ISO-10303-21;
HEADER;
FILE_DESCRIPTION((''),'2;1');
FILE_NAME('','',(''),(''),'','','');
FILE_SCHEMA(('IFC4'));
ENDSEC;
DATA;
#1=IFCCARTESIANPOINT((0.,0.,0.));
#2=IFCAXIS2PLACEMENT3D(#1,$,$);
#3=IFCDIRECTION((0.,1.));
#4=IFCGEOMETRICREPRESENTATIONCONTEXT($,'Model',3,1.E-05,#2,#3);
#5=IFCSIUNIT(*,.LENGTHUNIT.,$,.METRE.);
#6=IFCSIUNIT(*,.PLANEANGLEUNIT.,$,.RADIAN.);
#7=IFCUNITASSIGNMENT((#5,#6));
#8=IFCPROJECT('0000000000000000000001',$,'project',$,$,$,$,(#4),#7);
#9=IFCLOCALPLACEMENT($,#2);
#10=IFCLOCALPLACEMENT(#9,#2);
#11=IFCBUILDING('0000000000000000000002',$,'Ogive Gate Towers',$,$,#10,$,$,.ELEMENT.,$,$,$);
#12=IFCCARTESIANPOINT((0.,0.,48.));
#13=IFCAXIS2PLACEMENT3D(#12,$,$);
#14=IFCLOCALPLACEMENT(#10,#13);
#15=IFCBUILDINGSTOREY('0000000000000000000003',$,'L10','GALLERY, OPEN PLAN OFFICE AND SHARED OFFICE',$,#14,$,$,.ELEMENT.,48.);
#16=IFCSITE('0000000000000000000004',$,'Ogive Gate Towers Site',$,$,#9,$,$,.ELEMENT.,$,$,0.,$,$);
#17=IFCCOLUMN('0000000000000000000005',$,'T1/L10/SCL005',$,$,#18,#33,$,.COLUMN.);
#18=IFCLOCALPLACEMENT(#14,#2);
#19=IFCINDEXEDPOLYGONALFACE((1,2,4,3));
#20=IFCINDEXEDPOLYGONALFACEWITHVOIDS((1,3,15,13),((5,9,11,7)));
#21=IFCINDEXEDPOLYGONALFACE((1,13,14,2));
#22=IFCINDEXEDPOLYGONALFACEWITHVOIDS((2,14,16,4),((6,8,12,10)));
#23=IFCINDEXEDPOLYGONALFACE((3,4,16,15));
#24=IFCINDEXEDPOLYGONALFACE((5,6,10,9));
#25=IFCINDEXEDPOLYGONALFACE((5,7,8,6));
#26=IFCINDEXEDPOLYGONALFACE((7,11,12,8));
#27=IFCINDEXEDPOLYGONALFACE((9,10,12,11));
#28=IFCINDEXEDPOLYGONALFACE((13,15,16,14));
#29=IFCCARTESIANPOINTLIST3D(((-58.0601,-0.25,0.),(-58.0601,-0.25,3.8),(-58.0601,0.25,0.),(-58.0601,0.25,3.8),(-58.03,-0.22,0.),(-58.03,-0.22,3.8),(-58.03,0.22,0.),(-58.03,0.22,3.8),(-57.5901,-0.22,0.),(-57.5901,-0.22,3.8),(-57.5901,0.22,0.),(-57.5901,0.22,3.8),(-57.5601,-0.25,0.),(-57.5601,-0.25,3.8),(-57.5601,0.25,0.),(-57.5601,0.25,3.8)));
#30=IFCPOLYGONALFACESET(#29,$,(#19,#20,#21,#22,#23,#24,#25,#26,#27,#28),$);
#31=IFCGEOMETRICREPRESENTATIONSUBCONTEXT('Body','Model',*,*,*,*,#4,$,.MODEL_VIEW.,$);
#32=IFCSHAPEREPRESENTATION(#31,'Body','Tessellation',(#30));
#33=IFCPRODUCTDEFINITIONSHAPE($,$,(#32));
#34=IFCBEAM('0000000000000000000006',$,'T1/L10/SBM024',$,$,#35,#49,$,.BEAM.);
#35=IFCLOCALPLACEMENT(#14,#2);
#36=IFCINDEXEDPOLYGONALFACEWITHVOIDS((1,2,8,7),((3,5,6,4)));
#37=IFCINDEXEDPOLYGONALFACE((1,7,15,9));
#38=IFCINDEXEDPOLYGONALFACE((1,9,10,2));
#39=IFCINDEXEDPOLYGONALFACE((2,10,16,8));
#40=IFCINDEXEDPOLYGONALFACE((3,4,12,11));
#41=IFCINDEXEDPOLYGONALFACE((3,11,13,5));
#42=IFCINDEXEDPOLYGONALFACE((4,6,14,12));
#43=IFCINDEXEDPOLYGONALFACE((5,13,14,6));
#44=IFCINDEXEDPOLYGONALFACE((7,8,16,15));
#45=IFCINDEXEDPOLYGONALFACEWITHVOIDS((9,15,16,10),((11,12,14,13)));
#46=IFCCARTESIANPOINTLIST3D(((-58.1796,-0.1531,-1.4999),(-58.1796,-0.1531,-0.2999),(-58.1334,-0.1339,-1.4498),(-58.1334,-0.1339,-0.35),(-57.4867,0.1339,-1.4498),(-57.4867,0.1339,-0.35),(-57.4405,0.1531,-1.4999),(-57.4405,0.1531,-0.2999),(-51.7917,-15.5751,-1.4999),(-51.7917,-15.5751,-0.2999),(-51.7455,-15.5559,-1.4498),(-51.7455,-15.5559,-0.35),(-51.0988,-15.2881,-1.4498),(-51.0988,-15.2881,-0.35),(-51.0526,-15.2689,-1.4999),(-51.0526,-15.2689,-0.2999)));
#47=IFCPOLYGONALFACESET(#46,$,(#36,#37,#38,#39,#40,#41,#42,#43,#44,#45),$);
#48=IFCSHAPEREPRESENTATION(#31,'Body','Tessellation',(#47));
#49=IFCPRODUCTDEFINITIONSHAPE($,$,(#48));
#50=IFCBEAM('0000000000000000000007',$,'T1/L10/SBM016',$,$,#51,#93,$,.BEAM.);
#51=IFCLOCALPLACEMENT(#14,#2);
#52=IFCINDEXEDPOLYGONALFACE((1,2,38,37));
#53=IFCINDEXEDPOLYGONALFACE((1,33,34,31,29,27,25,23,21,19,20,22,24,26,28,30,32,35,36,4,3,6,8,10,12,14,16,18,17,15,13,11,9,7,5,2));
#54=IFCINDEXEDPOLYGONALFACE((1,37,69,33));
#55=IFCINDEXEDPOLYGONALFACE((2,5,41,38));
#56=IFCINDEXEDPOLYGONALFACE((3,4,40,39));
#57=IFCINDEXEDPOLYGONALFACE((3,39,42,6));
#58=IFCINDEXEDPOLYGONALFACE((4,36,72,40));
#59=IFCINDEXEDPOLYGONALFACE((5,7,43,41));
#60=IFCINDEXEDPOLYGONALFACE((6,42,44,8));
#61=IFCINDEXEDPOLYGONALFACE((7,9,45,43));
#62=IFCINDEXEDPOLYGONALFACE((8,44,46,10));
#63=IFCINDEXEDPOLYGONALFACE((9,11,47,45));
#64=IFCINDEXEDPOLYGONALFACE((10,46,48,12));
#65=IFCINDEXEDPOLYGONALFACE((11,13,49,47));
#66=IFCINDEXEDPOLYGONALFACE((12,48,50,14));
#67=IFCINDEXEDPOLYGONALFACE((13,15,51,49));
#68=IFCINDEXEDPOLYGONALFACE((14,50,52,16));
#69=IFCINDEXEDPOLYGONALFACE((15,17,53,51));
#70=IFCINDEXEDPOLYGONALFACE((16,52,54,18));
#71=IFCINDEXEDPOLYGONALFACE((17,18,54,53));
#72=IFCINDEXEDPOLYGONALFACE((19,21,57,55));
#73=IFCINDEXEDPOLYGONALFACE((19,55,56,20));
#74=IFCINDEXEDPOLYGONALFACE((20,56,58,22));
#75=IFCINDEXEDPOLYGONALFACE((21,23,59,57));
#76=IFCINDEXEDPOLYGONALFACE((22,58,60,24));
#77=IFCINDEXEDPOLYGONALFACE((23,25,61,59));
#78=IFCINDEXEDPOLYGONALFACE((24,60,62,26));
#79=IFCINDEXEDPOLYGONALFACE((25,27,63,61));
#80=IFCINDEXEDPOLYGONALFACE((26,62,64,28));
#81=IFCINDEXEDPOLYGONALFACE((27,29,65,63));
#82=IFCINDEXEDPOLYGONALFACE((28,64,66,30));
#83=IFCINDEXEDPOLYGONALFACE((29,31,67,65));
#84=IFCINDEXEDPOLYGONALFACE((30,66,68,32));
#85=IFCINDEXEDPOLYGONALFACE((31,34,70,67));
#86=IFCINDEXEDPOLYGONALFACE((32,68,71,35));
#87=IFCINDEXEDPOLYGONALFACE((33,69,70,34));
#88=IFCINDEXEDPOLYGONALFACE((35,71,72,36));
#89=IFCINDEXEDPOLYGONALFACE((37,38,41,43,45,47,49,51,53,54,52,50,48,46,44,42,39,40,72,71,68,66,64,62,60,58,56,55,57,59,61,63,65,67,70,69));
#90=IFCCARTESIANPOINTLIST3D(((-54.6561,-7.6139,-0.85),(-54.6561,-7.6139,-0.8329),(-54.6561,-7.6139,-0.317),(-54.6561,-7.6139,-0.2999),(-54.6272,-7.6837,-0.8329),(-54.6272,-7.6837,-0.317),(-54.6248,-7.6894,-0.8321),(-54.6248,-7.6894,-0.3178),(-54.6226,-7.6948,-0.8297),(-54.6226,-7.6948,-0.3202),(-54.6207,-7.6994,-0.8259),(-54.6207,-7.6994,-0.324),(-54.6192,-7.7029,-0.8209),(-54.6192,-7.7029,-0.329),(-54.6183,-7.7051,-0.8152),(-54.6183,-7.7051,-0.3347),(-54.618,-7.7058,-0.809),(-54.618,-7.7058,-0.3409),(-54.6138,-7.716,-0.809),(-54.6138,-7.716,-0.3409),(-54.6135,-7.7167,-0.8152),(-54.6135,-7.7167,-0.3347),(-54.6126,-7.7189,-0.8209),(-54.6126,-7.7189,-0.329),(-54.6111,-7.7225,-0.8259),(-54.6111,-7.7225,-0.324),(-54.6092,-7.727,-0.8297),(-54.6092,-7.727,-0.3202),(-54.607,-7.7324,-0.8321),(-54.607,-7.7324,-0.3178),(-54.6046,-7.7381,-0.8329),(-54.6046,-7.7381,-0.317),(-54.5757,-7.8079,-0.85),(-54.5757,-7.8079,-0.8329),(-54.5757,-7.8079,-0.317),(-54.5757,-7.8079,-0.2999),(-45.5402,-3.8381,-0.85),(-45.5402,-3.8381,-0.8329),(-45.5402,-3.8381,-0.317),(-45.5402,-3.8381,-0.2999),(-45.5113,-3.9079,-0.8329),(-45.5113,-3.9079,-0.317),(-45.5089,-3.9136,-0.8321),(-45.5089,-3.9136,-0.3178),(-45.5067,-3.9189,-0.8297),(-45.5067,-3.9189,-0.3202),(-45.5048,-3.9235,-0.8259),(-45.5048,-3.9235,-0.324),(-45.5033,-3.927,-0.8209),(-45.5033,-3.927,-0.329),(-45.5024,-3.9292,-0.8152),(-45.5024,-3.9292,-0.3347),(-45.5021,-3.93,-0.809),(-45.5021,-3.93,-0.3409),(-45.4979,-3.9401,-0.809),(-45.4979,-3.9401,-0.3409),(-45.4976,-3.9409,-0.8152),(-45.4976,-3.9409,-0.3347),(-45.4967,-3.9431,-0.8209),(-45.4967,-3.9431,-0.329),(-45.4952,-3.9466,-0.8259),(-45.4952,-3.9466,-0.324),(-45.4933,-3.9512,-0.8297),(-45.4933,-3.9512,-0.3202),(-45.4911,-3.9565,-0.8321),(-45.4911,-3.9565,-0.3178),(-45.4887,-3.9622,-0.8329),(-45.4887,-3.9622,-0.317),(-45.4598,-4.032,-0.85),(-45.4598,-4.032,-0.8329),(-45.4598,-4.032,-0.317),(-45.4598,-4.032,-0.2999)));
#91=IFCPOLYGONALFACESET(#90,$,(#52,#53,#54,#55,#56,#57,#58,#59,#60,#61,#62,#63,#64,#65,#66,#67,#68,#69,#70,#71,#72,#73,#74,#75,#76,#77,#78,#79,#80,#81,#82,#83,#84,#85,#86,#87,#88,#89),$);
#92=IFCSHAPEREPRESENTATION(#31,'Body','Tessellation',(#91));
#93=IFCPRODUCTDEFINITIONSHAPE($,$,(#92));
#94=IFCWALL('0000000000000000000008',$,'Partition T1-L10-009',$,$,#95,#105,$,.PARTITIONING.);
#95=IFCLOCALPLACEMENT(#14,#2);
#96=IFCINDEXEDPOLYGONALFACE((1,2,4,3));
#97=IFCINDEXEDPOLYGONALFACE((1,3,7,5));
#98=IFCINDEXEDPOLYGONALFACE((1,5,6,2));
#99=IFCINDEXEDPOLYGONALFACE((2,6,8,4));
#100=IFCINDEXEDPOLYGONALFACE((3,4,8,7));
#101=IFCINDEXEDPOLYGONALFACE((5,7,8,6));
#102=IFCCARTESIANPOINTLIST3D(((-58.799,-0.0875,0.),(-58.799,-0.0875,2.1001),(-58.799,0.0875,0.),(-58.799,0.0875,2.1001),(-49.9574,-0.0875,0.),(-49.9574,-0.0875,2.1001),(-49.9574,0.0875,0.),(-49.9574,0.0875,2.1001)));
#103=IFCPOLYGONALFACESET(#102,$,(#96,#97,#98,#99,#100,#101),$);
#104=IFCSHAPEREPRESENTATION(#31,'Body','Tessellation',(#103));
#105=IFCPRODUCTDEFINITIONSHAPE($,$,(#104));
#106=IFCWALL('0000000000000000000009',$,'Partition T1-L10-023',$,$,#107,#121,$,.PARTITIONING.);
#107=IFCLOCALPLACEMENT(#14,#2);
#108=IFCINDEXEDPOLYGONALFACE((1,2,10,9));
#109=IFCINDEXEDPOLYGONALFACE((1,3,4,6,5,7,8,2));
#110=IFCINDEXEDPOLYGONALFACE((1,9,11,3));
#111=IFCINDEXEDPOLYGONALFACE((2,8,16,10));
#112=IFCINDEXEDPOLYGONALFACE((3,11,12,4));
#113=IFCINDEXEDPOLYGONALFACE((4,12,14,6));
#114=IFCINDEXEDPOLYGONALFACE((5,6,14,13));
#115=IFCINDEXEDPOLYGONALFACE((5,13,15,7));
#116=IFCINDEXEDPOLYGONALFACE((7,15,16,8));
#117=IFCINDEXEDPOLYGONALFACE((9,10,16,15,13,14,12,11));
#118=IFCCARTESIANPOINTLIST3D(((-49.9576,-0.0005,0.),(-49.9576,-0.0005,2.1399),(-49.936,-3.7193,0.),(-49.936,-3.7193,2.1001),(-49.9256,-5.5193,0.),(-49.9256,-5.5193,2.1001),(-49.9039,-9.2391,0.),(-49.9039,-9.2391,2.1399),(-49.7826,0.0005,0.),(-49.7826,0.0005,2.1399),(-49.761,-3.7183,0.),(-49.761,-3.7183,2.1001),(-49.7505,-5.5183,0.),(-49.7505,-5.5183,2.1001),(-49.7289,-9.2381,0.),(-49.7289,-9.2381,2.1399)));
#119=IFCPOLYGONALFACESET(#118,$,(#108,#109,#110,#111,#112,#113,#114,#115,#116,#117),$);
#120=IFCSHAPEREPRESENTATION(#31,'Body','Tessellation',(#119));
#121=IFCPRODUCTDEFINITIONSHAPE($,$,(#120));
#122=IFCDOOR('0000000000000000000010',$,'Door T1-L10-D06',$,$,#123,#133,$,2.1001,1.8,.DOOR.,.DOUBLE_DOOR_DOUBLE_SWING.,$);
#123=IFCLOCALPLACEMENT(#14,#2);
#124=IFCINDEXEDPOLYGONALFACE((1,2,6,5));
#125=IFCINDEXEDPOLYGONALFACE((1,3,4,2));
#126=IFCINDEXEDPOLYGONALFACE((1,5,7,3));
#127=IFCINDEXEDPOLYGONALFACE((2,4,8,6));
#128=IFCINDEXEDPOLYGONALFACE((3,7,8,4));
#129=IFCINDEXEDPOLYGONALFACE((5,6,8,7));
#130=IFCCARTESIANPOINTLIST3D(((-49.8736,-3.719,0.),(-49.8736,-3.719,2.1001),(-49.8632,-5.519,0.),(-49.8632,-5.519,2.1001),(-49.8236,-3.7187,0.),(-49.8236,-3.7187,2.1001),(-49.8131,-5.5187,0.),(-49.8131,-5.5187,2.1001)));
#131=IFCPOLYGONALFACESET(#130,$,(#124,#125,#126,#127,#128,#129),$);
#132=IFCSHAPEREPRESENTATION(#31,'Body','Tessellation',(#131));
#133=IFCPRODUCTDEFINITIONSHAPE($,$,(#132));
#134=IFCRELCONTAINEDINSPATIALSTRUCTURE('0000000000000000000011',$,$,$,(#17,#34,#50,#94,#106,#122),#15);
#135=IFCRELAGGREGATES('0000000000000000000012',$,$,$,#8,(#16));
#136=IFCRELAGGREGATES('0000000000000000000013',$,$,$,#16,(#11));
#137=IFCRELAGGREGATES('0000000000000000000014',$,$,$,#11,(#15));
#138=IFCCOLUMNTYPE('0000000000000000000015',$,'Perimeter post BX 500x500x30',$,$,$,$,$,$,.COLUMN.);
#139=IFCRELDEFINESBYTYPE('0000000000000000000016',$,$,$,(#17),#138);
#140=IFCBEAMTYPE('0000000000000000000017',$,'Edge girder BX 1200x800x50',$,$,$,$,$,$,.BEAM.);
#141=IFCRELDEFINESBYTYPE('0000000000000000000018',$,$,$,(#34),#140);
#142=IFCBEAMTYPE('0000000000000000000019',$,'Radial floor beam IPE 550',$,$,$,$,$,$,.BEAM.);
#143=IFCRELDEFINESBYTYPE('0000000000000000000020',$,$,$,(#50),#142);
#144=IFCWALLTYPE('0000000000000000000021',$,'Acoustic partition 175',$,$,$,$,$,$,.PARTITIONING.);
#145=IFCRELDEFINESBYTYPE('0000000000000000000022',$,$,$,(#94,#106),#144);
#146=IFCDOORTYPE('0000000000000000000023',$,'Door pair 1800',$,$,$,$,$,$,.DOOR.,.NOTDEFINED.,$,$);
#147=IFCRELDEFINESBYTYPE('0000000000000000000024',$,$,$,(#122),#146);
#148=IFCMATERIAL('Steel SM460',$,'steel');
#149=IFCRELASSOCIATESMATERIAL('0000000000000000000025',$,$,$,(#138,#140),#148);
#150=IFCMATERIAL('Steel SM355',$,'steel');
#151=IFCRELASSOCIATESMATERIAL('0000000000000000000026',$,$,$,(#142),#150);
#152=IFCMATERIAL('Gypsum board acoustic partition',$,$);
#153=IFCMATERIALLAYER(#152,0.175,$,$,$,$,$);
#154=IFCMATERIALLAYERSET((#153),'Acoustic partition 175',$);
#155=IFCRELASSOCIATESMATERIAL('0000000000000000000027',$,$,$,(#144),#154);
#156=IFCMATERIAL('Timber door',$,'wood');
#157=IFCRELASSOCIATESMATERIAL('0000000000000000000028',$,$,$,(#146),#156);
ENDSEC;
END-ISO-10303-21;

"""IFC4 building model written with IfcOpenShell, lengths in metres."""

from ifc_helpers import new_model, si_unit, direction, frame, frame_2d, origin, origin_2d, place, context, subcontext, project, spatial, rectangle, hollow_rectangle, i_section, extrude, material, layer, layer_set, material_profile, profile_set, type_object, element, fill, save


model = new_model("IFC4")

# Units and contexts
model_context = context("Model", 3, precision=1e-05, world=origin(), true_north=direction((0.0, 1.0)))
body_context = subcontext(model_context, "Body", "Model", "MODEL_VIEW")
ifc_project = project(units=[si_unit("LENGTHUNIT", "METRE"), si_unit("PLANEANGLEUNIT", "RADIAN")], contexts=[model_context])

# Site, building, storey
site_placement = place(None, origin())
site = spatial("IfcSite", under=ifc_project, at=site_placement, Name="Ogive Gate Towers Site", CompositionType="ELEMENT", RefElevation=0.0)
building_placement = place(site_placement, origin())
building = spatial("IfcBuilding", under=site, at=building_placement, Name="Ogive Gate Towers", CompositionType="ELEMENT")
storey_placement = place(building_placement, frame((0.0, 0.0, 48.0)))
storey = spatial("IfcBuildingStorey", under=building, at=storey_placement, Name="L10", Description="GALLERY, OPEN PLAN OFFICE AND SHARED OFFICE", CompositionType="ELEMENT", Elevation=48.0)

# Column
ifc_material_1 = material(Name="Steel SM460", Category="steel")
ifc_material_profile_1 = material_profile(ifc_material_1, hollow_rectangle(XDim=0.5, YDim=0.5, WallThickness=0.03, at=origin_2d()), Name="BX 500x500x30")
ifc_profile_set_1 = profile_set([ifc_material_profile_1], Name="Steel SM460")
column_type = type_object("IfcColumnType", Name="Perimeter post BX 500x500x30", PredefinedType="COLUMN", material=ifc_profile_set_1)
column_placement = place(storey_placement, frame((-57.8101, 0.0, 0.0), z_axis=(0.0, 0.0, 1.0), x_axis=(1.0, 0.0, 0.0)))
element("IfcColumn", 1, at=column_placement, inside=storey, type_object=column_type, Name="T1/L10/SCL005", PredefinedType="COLUMN", context=body_context, shape_type="SweptSolid", body=[
    extrude(hollow_rectangle(XDim=0.5, YDim=0.5, WallThickness=0.03, at=origin_2d()), origin(), (0.0, 0.0, 1.0), 3.8),
])

# Beams
ifc_material_profile_2 = material_profile(ifc_material_1, hollow_rectangle(XDim=0.8, YDim=1.2, WallThickness=0.05, at=origin_2d()), Name="BX 1200x800x50")
ifc_profile_set_2 = profile_set([ifc_material_profile_2], Name="Steel SM460")
beam_type_1 = type_object("IfcBeamType", Name="Edge girder BX 1200x800x50", PredefinedType="BEAM", material=ifc_profile_set_2)
beam_1_placement = place(storey_placement, frame((-57.8101, 0.0, -0.8999), z_axis=(0.382678, -0.923882, 0.0), x_axis=(0.923882, 0.382678, 0.0)))
element("IfcBeam", 2, at=beam_1_placement, inside=storey, type_object=beam_type_1, Name="T1/L10/SBM024", PredefinedType="BEAM", context=body_context, shape_type="SweptSolid", body=[
    extrude(hollow_rectangle(XDim=0.8, YDim=1.2, WallThickness=0.05, at=origin_2d()), origin(), (0.0, 0.0, 1.0), 16.6926),
])
ifc_material_2 = material(Name="Steel SM355", Category="steel")
ifc_material_profile_3 = material_profile(ifc_material_2, i_section(OverallWidth=0.21, OverallDepth=0.55, WebThickness=0.011, FlangeThickness=0.0171, FilletRadius=0.0239, at=origin_2d()), Name="IPE 550")
ifc_profile_set_3 = profile_set([ifc_material_profile_3], Name="Steel SM355")
beam_type_2 = type_object("IfcBeamType", Name="Radial floor beam IPE 550", PredefinedType="BEAM", material=ifc_profile_set_3)
beam_2_placement = place(storey_placement, frame((-45.5, -3.9351, -0.575), z_axis=(-0.923882, -0.382677, 0.0), x_axis=(0.382677, -0.923882, 0.0)))
element("IfcBeam", 3, at=beam_2_placement, inside=storey, type_object=beam_type_2, Name="T1/L10/SBM016", PredefinedType="BEAM", context=body_context, shape_type="SweptSolid", body=[
    extrude(i_section(OverallWidth=0.21, OverallDepth=0.55, WebThickness=0.011, FlangeThickness=0.0171, FilletRadius=0.0239, at=origin_2d()), origin(), (0.0, 0.0, 1.0), 9.8669),
])

# Wall
ifc_material_3 = material(Name="Gypsum board acoustic partition")
ifc_layer_1 = layer(ifc_material_3, 0.175)
ifc_layer_set_1 = layer_set([ifc_layer_1], Name="Acoustic partition 175")
wall_type_1 = type_object("IfcWallType", Name="Acoustic partition 175", PredefinedType="PARTITIONING", material=ifc_layer_set_1)
wall_1_placement = place(storey_placement, frame((-58.7991, 0.0, 0.0), z_axis=(0.0, 0.0, 1.0), x_axis=(1.0, 0.0, 0.0)))
element("IfcWall", 4, at=wall_1_placement, inside=storey, type_object=wall_type_1, Name="Partition T1-L10-009", PredefinedType="PARTITIONING", context=body_context, shape_type="SweptSolid", body=[
    extrude(rectangle(XDim=8.8416, YDim=0.175, at=frame_2d((4.4209, 0.0))), origin(), (0.0, 0.0, 1.0), 2.1001),
])

# Wall, opening, door
wall_2_placement = place(storey_placement, frame((-49.8701, 0.0, 0.0), z_axis=(0.0, 0.0, 1.0), x_axis=(0.005814, -0.999983, 0.0)))
wall_2 = element("IfcWall", 5, at=wall_2_placement, inside=storey, type_object=wall_type_1, Name="Partition T1-L10-023", PredefinedType="PARTITIONING", context=body_context, shape_type="SweptSolid", body=[
    extrude(rectangle(XDim=9.2388, YDim=0.175, at=frame_2d((4.6194, 0.0))), origin(), (0.0, 0.0, 1.0), 2.1399),
])
opening_1_placement = place(wall_2_placement, frame((3.719, 0.0, 0.0)))
opening_1 = element("IfcOpeningElement", 6, at=opening_1_placement, cuts=wall_2, PredefinedType="OPENING", context=body_context, shape_type="SweptSolid", body=[
    extrude(rectangle(XDim=1.8, YDim=2.1001, at=frame_2d((0.8999, 1.05))), frame((0.0, 0.0977, 0.0), z_axis=(0.0, -1.0, 0.0), x_axis=(1.0, 0.0, 0.0)), (0.0, 0.0, 1.0), 0.1951),
])
ifc_material_4 = material(Name="Timber door", Category="wood")
door_type_1 = type_object("IfcDoorType", Name="Door pair 1800", OperationType="NOTDEFINED", PredefinedType="DOOR", material=ifc_material_4)
door_1_placement = place(opening_1_placement, origin())
door_1 = element("IfcDoor", 7, at=door_1_placement, inside=storey, type_object=door_type_1, Name="Door T1-L10-D06", OperationType="DOUBLE_DOOR_DOUBLE_SWING", OverallHeight=2.1001, OverallWidth=1.8, PredefinedType="DOOR", context=body_context, shape_type="SweptSolid", body=[
    extrude(rectangle(XDim=1.8, YDim=2.1001, at=frame_2d((0.8999, 1.05))), frame((0.0, 0.0249, 0.0), z_axis=(0.0, -1.0, 0.0), x_axis=(1.0, 0.0, 0.0)), (0.0, 0.0, 1.0), 0.05),
])
fill(opening_1, door_1)

save(model, "model.ifc")
